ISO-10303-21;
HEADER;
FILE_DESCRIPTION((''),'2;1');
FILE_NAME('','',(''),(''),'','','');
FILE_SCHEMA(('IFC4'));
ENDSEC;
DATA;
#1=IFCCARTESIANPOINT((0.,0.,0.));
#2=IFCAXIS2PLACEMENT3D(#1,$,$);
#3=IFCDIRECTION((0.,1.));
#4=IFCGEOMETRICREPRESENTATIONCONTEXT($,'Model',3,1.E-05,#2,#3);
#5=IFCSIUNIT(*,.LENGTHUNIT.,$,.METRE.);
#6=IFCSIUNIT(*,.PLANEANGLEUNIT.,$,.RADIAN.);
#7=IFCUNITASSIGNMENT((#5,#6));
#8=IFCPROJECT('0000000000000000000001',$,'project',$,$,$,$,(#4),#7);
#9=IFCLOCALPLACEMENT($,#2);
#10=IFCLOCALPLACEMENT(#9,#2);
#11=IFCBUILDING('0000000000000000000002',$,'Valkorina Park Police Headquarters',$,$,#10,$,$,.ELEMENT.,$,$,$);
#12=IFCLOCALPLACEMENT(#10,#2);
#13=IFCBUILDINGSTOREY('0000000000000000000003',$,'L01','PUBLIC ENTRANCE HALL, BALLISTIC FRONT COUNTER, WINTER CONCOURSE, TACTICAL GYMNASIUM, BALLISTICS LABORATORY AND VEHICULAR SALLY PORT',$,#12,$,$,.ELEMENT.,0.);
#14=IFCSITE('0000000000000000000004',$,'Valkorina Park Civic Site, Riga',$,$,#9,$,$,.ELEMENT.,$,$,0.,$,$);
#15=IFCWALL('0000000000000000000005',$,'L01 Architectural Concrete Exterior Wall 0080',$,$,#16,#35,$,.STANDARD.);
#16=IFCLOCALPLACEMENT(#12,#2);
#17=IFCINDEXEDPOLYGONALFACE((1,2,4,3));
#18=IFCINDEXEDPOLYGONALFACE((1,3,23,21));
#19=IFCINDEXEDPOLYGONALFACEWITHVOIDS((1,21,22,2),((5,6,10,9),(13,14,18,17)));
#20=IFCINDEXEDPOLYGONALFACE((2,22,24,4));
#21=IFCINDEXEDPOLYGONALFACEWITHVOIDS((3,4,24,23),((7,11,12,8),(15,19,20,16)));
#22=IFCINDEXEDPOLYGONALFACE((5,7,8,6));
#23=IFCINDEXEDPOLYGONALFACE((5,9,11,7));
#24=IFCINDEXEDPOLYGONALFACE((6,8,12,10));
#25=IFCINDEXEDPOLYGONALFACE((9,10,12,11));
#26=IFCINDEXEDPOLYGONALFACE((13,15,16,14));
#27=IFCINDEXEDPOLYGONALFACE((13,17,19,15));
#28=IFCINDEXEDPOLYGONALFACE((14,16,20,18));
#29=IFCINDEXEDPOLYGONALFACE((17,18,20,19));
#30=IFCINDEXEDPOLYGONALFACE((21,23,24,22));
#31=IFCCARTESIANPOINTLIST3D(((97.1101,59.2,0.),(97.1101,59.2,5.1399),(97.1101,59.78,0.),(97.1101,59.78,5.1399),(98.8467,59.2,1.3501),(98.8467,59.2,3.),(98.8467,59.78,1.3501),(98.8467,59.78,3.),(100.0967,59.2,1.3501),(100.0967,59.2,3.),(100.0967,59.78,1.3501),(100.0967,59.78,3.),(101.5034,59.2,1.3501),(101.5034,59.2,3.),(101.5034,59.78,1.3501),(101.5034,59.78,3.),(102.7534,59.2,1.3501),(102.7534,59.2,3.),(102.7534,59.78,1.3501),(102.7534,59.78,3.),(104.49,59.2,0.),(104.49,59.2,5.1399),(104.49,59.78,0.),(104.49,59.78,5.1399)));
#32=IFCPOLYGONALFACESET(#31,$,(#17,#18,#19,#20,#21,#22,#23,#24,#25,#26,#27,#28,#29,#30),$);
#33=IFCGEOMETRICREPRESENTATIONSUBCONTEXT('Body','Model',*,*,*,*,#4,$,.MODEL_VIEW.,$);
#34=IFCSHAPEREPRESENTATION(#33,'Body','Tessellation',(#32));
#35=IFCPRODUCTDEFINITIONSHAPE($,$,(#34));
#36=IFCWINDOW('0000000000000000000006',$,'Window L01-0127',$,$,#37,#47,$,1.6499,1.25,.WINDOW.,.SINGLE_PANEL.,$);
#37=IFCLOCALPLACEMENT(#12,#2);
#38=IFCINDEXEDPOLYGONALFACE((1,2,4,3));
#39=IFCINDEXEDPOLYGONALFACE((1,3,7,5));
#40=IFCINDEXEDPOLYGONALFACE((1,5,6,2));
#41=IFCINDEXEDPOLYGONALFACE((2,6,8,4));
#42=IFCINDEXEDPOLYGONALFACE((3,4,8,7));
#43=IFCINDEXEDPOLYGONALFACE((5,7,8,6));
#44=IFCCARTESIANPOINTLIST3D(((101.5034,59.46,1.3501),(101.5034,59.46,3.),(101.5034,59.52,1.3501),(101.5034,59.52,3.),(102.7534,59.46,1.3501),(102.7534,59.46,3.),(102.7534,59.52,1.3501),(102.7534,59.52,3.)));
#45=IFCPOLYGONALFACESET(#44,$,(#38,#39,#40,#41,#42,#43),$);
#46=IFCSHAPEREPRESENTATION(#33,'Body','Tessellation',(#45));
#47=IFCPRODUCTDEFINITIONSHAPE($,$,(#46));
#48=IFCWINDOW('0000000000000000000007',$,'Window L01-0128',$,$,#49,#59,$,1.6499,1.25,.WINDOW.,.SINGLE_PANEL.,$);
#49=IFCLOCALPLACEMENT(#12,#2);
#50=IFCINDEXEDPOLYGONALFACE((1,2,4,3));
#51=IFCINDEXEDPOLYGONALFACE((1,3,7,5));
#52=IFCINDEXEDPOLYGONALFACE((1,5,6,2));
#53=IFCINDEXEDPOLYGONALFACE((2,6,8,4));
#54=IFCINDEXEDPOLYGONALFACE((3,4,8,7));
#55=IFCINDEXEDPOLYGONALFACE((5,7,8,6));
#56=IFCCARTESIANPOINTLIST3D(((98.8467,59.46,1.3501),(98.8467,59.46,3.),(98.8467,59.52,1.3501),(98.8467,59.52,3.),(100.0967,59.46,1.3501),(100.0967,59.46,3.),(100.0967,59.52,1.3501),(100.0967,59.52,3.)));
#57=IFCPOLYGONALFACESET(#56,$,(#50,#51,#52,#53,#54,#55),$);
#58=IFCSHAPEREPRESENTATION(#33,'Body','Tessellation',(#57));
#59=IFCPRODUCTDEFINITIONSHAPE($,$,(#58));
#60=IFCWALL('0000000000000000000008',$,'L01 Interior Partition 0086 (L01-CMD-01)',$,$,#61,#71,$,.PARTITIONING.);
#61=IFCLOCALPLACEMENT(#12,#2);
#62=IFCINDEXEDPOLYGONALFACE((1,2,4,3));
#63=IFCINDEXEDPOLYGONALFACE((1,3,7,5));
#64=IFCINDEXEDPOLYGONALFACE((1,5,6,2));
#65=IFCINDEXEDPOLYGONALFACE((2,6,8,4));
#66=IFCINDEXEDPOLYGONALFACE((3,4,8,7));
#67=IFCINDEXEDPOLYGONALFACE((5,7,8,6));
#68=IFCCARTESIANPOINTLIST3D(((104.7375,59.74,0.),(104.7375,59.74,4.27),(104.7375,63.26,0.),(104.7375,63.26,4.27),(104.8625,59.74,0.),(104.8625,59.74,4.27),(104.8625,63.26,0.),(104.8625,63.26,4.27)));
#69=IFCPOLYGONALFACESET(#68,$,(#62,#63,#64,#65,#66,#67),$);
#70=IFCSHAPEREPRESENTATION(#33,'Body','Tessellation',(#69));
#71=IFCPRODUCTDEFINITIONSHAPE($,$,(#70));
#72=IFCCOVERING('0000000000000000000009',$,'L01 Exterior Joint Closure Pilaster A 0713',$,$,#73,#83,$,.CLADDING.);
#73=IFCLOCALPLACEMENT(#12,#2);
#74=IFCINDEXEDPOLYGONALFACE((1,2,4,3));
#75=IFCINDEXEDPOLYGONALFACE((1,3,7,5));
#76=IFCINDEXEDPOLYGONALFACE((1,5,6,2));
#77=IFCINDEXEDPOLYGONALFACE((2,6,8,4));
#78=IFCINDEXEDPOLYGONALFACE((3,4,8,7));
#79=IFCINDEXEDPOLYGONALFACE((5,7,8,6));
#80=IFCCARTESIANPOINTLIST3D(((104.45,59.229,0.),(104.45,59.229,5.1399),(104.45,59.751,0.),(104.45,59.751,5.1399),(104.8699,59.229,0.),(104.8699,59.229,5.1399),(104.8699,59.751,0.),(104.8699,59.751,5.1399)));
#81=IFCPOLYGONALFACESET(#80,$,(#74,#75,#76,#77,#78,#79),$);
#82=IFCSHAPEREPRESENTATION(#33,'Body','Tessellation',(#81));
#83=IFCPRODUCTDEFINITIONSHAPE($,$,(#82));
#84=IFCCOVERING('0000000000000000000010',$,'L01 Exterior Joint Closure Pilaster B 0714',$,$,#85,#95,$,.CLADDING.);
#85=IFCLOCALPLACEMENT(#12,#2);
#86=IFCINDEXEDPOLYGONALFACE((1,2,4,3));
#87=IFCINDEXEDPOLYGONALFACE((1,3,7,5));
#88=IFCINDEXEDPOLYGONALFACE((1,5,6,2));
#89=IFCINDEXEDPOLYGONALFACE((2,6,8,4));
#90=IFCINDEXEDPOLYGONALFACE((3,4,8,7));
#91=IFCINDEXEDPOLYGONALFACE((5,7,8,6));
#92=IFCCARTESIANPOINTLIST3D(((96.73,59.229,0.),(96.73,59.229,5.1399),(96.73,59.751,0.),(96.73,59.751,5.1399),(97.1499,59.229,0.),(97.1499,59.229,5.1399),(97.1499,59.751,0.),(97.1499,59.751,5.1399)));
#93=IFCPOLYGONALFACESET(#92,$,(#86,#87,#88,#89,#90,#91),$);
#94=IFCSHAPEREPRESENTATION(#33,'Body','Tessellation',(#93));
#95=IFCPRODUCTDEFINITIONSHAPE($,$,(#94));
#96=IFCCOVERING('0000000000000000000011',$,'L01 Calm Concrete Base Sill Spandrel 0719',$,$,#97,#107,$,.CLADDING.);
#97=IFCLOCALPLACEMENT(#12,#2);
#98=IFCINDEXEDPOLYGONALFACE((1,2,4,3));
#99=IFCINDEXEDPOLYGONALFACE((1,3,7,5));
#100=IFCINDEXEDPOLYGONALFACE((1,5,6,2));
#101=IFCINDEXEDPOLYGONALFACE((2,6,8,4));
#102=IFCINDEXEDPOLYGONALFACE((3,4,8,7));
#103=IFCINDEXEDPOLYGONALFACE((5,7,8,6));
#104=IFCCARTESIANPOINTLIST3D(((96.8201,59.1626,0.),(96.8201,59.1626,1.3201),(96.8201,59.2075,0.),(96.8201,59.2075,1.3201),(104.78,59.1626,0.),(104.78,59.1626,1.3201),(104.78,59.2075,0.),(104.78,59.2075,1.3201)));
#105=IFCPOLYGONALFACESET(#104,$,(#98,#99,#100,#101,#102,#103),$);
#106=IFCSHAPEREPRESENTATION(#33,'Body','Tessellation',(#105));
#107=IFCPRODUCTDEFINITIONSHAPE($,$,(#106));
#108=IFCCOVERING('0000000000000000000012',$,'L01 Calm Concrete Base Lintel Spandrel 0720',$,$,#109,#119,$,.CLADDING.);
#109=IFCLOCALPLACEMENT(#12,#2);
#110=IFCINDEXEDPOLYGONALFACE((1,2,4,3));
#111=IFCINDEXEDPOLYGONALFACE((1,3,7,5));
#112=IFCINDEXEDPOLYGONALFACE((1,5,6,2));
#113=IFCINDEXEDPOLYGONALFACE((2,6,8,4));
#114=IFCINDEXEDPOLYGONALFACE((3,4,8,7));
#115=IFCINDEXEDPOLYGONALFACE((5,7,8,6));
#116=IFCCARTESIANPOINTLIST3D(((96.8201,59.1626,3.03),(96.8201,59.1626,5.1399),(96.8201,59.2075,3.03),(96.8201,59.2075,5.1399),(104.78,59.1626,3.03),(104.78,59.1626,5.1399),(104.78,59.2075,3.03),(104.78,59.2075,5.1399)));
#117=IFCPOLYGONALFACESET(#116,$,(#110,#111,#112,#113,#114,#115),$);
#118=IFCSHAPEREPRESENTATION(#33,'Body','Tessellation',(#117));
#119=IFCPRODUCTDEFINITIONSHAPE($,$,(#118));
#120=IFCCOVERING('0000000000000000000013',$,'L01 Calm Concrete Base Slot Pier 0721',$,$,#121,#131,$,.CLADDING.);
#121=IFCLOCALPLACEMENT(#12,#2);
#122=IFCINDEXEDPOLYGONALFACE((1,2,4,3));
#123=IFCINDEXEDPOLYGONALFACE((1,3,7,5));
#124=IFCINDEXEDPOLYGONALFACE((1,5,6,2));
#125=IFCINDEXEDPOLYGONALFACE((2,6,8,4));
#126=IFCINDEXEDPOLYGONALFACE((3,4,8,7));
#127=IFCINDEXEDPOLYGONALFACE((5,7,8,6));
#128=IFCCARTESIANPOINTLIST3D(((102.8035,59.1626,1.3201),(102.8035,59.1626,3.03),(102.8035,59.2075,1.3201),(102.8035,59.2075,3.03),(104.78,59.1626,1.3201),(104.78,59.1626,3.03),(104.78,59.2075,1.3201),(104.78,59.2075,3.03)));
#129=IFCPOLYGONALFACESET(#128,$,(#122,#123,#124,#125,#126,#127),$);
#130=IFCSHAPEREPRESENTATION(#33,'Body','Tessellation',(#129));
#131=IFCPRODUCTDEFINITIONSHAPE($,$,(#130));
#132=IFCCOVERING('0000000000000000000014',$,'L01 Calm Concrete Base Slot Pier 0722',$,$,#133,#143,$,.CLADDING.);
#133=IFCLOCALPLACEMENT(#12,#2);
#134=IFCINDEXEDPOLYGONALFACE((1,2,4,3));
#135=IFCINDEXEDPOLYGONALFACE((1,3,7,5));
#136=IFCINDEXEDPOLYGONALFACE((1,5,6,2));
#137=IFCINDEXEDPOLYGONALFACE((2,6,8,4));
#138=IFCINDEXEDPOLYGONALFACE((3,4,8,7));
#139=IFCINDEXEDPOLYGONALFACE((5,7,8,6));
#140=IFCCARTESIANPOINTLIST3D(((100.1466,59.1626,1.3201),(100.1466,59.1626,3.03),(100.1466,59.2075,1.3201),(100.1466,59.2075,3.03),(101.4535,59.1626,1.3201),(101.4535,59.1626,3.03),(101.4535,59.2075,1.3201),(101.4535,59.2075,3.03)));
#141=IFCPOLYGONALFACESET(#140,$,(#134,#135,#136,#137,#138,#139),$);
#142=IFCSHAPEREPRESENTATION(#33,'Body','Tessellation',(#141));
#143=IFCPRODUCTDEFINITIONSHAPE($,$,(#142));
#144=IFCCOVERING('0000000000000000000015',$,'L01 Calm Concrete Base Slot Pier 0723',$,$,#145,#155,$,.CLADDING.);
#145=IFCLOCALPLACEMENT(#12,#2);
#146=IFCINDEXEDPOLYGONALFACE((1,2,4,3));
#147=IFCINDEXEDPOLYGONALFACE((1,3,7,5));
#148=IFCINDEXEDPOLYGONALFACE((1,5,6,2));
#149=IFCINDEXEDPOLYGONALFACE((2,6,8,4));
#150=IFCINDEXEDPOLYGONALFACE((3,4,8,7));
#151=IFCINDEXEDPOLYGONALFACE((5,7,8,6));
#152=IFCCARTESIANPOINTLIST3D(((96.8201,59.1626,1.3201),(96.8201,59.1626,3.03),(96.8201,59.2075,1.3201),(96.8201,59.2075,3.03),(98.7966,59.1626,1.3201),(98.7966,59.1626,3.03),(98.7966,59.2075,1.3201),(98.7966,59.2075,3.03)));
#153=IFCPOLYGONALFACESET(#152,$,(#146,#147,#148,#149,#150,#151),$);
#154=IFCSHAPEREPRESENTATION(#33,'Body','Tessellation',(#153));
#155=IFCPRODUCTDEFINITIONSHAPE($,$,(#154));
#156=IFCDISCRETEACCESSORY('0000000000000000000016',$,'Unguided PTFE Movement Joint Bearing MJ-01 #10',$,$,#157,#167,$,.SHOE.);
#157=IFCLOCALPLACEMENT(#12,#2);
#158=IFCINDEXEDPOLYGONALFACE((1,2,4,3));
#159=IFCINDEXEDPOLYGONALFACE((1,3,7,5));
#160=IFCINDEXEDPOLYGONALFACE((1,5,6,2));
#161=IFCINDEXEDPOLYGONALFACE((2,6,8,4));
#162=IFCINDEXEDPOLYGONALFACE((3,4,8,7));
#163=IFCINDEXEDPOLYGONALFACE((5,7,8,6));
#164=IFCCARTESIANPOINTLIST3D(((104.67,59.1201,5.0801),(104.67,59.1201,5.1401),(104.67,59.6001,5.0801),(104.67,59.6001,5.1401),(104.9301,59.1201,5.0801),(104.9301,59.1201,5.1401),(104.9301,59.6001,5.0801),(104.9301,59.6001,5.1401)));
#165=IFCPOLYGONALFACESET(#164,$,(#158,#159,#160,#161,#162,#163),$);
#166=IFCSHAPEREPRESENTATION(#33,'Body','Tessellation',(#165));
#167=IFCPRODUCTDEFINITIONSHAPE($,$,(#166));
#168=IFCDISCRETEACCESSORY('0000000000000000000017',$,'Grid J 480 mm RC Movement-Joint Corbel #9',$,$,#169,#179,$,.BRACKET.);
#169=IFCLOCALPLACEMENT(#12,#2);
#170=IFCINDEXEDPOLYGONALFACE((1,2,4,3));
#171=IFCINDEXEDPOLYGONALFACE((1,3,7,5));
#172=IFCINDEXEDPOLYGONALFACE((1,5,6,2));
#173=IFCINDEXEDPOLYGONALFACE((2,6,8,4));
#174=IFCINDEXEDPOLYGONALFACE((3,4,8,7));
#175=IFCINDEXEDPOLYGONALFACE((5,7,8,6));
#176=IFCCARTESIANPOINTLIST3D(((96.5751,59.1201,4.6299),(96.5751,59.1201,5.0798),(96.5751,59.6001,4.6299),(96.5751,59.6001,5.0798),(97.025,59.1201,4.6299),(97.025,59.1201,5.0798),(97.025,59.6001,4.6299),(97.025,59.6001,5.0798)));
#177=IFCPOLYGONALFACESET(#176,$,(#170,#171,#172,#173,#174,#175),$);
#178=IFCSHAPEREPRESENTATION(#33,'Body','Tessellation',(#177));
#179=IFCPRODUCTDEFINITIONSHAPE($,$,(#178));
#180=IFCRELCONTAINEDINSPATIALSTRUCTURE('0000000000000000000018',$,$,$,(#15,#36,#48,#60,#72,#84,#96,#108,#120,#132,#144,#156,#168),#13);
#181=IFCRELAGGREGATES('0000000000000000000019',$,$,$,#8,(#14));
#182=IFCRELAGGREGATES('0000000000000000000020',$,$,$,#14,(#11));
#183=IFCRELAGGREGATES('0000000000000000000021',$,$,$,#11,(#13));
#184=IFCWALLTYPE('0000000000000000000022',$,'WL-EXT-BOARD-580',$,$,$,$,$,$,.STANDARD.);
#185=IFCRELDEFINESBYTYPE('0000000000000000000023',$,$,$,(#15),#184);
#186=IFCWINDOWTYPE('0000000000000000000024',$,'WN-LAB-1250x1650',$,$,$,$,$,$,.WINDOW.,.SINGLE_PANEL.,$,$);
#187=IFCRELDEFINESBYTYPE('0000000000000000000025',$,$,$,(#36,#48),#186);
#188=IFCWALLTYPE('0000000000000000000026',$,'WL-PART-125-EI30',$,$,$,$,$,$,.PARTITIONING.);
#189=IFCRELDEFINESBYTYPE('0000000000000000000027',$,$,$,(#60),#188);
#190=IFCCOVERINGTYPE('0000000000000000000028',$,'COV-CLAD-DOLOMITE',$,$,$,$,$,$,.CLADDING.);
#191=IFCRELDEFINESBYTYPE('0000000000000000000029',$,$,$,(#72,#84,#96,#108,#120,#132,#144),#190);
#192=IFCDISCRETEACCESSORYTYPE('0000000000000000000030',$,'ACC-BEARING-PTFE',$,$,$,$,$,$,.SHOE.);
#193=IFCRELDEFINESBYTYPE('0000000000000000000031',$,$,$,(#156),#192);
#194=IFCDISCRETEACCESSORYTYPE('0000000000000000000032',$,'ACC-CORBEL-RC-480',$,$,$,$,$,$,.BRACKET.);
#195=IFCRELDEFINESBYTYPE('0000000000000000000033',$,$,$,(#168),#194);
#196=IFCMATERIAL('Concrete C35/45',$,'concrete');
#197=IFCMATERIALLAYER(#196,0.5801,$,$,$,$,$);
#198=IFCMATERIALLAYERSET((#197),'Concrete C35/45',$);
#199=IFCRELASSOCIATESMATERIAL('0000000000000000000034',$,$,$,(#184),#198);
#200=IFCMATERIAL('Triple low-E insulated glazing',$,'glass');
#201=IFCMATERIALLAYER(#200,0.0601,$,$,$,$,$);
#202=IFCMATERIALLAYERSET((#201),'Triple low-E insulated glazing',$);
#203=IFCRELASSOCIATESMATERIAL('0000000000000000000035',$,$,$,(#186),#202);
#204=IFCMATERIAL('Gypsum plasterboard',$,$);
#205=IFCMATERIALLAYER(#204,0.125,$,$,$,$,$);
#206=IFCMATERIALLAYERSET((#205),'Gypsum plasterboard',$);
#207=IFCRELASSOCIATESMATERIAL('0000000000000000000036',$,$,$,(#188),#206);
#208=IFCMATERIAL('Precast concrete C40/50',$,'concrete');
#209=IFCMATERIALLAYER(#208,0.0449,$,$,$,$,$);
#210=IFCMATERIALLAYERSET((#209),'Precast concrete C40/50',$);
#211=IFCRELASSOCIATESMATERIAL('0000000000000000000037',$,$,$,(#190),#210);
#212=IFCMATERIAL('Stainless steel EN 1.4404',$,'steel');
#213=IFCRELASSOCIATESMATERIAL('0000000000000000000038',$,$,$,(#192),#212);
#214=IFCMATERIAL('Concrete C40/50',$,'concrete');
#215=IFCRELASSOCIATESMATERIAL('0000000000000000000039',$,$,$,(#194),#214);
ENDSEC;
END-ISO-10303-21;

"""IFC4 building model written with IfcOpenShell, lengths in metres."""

from ifc_helpers import new_model, si_unit, direction, frame, frame_2d, origin, origin_2d, place, context, subcontext, project, spatial, rectangle, extrude, material, layer, layer_set, type_object, element, fill, save


model = new_model("IFC4")

# Units and contexts
model_context = context("Model", 3, precision=1e-05, world=origin(), true_north=direction((0.0, 1.0)))
body_context = subcontext(model_context, "Body", "Model", "MODEL_VIEW")
ifc_project = project(units=[si_unit("LENGTHUNIT", "METRE"), si_unit("PLANEANGLEUNIT", "RADIAN")], contexts=[model_context])

# Site, building, storey
site_placement = place(None, origin())
site = spatial("IfcSite", under=ifc_project, at=site_placement, Name="Valkorina Park Civic Site, Riga", CompositionType="ELEMENT", RefElevation=0.0)
building_placement = place(site_placement, origin())
building = spatial("IfcBuilding", under=site, at=building_placement, Name="Valkorina Park Police Headquarters", CompositionType="ELEMENT")
storey_placement = place(building_placement, origin())
storey = spatial("IfcBuildingStorey", under=building, at=storey_placement, Name="L01", Description="PUBLIC ENTRANCE HALL, BALLISTIC FRONT COUNTER, WINTER CONCOURSE, TACTICAL GYMNASIUM, BALLISTICS LABORATORY AND VEHICULAR SALLY PORT", CompositionType="ELEMENT", Elevation=0.0)

# Shared definitions
ifc_material_1 = material(Name="Concrete C40/50", Category="concrete")

# Wall, openings, windows
ifc_material_2 = material(Name="Concrete C35/45", Category="concrete")
ifc_layer_1 = layer(ifc_material_2, 0.5801)
ifc_layer_set_1 = layer_set([ifc_layer_1], Name="Concrete C35/45")
wall_type_1 = type_object("IfcWallType", Name="WL-EXT-BOARD-580", PredefinedType="STANDARD", material=ifc_layer_set_1)
wall_1_placement = place(storey_placement, frame((104.49, 59.49, 0.0), z_axis=(0.0, 0.0, 1.0), x_axis=(-1.0, 0.0, 0.0)))
wall_1 = element("IfcWall", 1, at=wall_1_placement, inside=storey, type_object=wall_type_1, Name="L01 Architectural Concrete Exterior Wall 0080", PredefinedType="STANDARD", context=body_context, shape_type="SweptSolid", body=[
    extrude(rectangle(XDim=7.3799, YDim=0.5801, at=frame_2d((3.6899, 0.0))), origin(), (0.0, 0.0, 1.0), 5.1399),
])
opening_1_placement = place(wall_1_placement, frame((1.7366, 0.0, 1.3501)))
opening_1 = element("IfcOpeningElement", 2, at=opening_1_placement, cuts=wall_1, PredefinedType="OPENING", context=body_context, shape_type="SweptSolid", body=[
    extrude(rectangle(XDim=1.25, YDim=1.6499, at=frame_2d((0.625, 0.825))), frame((0.0, 0.3, 0.0), z_axis=(0.0, -1.0, 0.0), x_axis=(1.0, 0.0, 0.0)), (0.0, 0.0, 1.0), 0.6001),
])
opening_2_placement = place(wall_1_placement, frame((4.3933, 0.0, 1.3501)))
opening_2 = element("IfcOpeningElement", 3, at=opening_2_placement, cuts=wall_1, PredefinedType="OPENING", context=body_context, shape_type="SweptSolid", body=[
    extrude(rectangle(XDim=1.25, YDim=1.6499, at=frame_2d((0.625, 0.825))), frame((0.0, 0.3, 0.0), z_axis=(0.0, -1.0, 0.0), x_axis=(1.0, 0.0, 0.0)), (0.0, 0.0, 1.0), 0.6001),
])
ifc_material_3 = material(Name="Triple low-E insulated glazing", Category="glass")
ifc_layer_2 = layer(ifc_material_3, 0.0601)
ifc_layer_set_2 = layer_set([ifc_layer_2], Name="Triple low-E insulated glazing")
window_type = type_object("IfcWindowType", Name="WN-LAB-1250x1650", PartitioningType="SINGLE_PANEL", PredefinedType="WINDOW", material=ifc_layer_set_2)
window_1_placement = place(opening_1_placement, origin())
window_1 = element("IfcWindow", 4, at=window_1_placement, inside=storey, type_object=window_type, Name="Window L01-0127", OverallHeight=1.6499, OverallWidth=1.25, PartitioningType="SINGLE_PANEL", PredefinedType="WINDOW", context=body_context, shape_type="SweptSolid", body=[
    extrude(rectangle(XDim=1.25, YDim=1.6499, at=frame_2d((0.625, 0.825))), frame((0.0, 0.03, 0.0), z_axis=(0.0, -1.0, 0.0), x_axis=(1.0, 0.0, 0.0)), (0.0, 0.0, 1.0), 0.0601),
])
fill(opening_1, window_1)
window_2_placement = place(opening_2_placement, origin())
window_2 = element("IfcWindow", 5, at=window_2_placement, inside=storey, type_object=window_type, Name="Window L01-0128", OverallHeight=1.6499, OverallWidth=1.25, PartitioningType="SINGLE_PANEL", PredefinedType="WINDOW", context=body_context, shape_type="SweptSolid", body=[
    extrude(rectangle(XDim=1.25, YDim=1.6499, at=frame_2d((0.625, 0.825))), frame((0.0, 0.03, 0.0), z_axis=(0.0, -1.0, 0.0), x_axis=(1.0, 0.0, 0.0)), (0.0, 0.0, 1.0), 0.0601),
])
fill(opening_2, window_2)

# Wall
ifc_material_4 = material(Name="Gypsum plasterboard")
ifc_layer_3 = layer(ifc_material_4, 0.125)
ifc_layer_set_3 = layer_set([ifc_layer_3], Name="Gypsum plasterboard")
wall_type_2 = type_object("IfcWallType", Name="WL-PART-125-EI30", PredefinedType="PARTITIONING", material=ifc_layer_set_3)
wall_2_placement = place(storey_placement, frame((104.8, 59.74, 0.0), z_axis=(0.0, 0.0, 1.0), x_axis=(0.0, 1.0, 0.0)))
element("IfcWall", 6, at=wall_2_placement, inside=storey, type_object=wall_type_2, Name="L01 Interior Partition 0086 (L01-CMD-01)", PredefinedType="PARTITIONING", context=body_context, shape_type="SweptSolid", body=[
    extrude(rectangle(XDim=3.52, YDim=0.125, at=frame_2d((1.76, 0.0))), origin(), (0.0, 0.0, 1.0), 4.27),
])

# Coverings
ifc_material_5 = material(Name="Precast concrete C40/50", Category="concrete")
ifc_layer_4 = layer(ifc_material_5, 0.0449)
ifc_layer_set_4 = layer_set([ifc_layer_4], Name="Precast concrete C40/50")
covering_type = type_object("IfcCoveringType", Name="COV-CLAD-DOLOMITE", PredefinedType="CLADDING", material=ifc_layer_set_4)
for number, where, z_axis, x_axis, name in (
    (7, (104.6599, 59.49, 0.0), (0.0, 0.0, 1.0), (1.0, 0.0, 0.0), "L01 Exterior Joint Closure Pilaster A 0713"),
    (8, (96.9399, 59.49, 0.0), (0.0, 0.0, 1.0), (1.0, 0.0, 0.0), "L01 Exterior Joint Closure Pilaster B 0714"),
):
    element("IfcCovering", number, at=place(storey_placement, frame(where, z_axis=z_axis, x_axis=x_axis)), inside=storey, type_object=covering_type, Name=name, PredefinedType="CLADDING", context=body_context, shape_type="SweptSolid", body=[
        extrude(rectangle(XDim=0.4199, YDim=0.522, at=origin_2d()), origin(), (0.0, 0.0, 1.0), 5.1399),
    ])
covering_1_placement = place(storey_placement, frame((104.78, 59.1851, 0.0), z_axis=(0.0, 0.0, 1.0), x_axis=(-1.0, 0.0, 0.0)))
element("IfcCovering", 9, at=covering_1_placement, inside=storey, type_object=covering_type, Name="L01 Calm Concrete Base Sill Spandrel 0719", PredefinedType="CLADDING", context=body_context, shape_type="SweptSolid", body=[
    extrude(rectangle(XDim=7.96, YDim=0.0449, at=frame_2d((3.98, 0.0))), origin(), (0.0, 0.0, 1.0), 1.3201),
])
covering_2_placement = place(storey_placement, frame((104.78, 59.1851, 3.03), z_axis=(0.0, 0.0, 1.0), x_axis=(-1.0, 0.0, 0.0)))
element("IfcCovering", 10, at=covering_2_placement, inside=storey, type_object=covering_type, Name="L01 Calm Concrete Base Lintel Spandrel 0720", PredefinedType="CLADDING", context=body_context, shape_type="SweptSolid", body=[
    extrude(rectangle(XDim=7.96, YDim=0.0449, at=frame_2d((3.98, 0.0))), origin(), (0.0, 0.0, 1.0), 2.1099),
])
covering_3_placement = place(storey_placement, frame((104.78, 59.1851, 1.3201), z_axis=(0.0, 0.0, 1.0), x_axis=(-1.0, 0.0, 0.0)))
element("IfcCovering", 11, at=covering_3_placement, inside=storey, type_object=covering_type, Name="L01 Calm Concrete Base Slot Pier 0721", PredefinedType="CLADDING", context=body_context, shape_type="SweptSolid", body=[
    extrude(rectangle(XDim=1.9766, YDim=0.0449, at=frame_2d((0.9883, 0.0))), origin(), (0.0, 0.0, 1.0), 1.71),
])
covering_4_placement = place(storey_placement, frame((101.4534, 59.1851, 1.3201), z_axis=(0.0, 0.0, 1.0), x_axis=(-1.0, 0.0, 0.0)))
element("IfcCovering", 12, at=covering_4_placement, inside=storey, type_object=covering_type, Name="L01 Calm Concrete Base Slot Pier 0722", PredefinedType="CLADDING", context=body_context, shape_type="SweptSolid", body=[
    extrude(rectangle(XDim=1.3069, YDim=0.0449, at=frame_2d((0.6533, 0.0))), origin(), (0.0, 0.0, 1.0), 1.71),
])
covering_5_placement = place(storey_placement, frame((98.7966, 59.1851, 1.3201), z_axis=(0.0, 0.0, 1.0), x_axis=(-1.0, 0.0, 0.0)))
element("IfcCovering", 13, at=covering_5_placement, inside=storey, type_object=covering_type, Name="L01 Calm Concrete Base Slot Pier 0723", PredefinedType="CLADDING", context=body_context, shape_type="SweptSolid", body=[
    extrude(rectangle(XDim=1.9766, YDim=0.0449, at=frame_2d((0.9883, 0.0))), origin(), (0.0, 0.0, 1.0), 1.71),
])

# Discrete accessories
ifc_material_6 = material(Name="Stainless steel EN 1.4404", Category="steel")
discrete_accessory_type_1 = type_object("IfcDiscreteAccessoryType", Name="ACC-BEARING-PTFE", PredefinedType="SHOE", material=ifc_material_6)
discrete_accessory_placement = place(storey_placement, frame((104.8, 59.3601, 5.0801), z_axis=(0.0, 0.0, 1.0), x_axis=(1.0, 0.0, 0.0)))
element("IfcDiscreteAccessory", 14, at=discrete_accessory_placement, inside=storey, type_object=discrete_accessory_type_1, Name="Unguided PTFE Movement Joint Bearing MJ-01 #10", PredefinedType="SHOE", context=body_context, shape_type="SweptSolid", body=[
    extrude(rectangle(XDim=0.26, YDim=0.48, at=origin_2d()), origin(), (0.0, 0.0, 1.0), 0.0601),
])
discrete_accessory_type_2 = type_object("IfcDiscreteAccessoryType", Name="ACC-CORBEL-RC-480", PredefinedType="BRACKET", material=ifc_material_1)
for number, where, z_axis, x_axis, name in (
    (15, (96.8, 59.3601, 4.6299), (0.0, 0.0, 1.0), (1.0, 0.0, 0.0), "Grid J 480 mm RC Movement-Joint Corbel #9"),
):
    element("IfcDiscreteAccessory", number, at=place(storey_placement, frame(where, z_axis=z_axis, x_axis=x_axis)), inside=storey, type_object=discrete_accessory_type_2, Name=name, PredefinedType="BRACKET", context=body_context, shape_type="SweptSolid", body=[
        extrude(rectangle(XDim=0.45, YDim=0.48, at=origin_2d()), origin(), (0.0, 0.0, 1.0), 0.45),
    ])

save(model, "model.ifc")
